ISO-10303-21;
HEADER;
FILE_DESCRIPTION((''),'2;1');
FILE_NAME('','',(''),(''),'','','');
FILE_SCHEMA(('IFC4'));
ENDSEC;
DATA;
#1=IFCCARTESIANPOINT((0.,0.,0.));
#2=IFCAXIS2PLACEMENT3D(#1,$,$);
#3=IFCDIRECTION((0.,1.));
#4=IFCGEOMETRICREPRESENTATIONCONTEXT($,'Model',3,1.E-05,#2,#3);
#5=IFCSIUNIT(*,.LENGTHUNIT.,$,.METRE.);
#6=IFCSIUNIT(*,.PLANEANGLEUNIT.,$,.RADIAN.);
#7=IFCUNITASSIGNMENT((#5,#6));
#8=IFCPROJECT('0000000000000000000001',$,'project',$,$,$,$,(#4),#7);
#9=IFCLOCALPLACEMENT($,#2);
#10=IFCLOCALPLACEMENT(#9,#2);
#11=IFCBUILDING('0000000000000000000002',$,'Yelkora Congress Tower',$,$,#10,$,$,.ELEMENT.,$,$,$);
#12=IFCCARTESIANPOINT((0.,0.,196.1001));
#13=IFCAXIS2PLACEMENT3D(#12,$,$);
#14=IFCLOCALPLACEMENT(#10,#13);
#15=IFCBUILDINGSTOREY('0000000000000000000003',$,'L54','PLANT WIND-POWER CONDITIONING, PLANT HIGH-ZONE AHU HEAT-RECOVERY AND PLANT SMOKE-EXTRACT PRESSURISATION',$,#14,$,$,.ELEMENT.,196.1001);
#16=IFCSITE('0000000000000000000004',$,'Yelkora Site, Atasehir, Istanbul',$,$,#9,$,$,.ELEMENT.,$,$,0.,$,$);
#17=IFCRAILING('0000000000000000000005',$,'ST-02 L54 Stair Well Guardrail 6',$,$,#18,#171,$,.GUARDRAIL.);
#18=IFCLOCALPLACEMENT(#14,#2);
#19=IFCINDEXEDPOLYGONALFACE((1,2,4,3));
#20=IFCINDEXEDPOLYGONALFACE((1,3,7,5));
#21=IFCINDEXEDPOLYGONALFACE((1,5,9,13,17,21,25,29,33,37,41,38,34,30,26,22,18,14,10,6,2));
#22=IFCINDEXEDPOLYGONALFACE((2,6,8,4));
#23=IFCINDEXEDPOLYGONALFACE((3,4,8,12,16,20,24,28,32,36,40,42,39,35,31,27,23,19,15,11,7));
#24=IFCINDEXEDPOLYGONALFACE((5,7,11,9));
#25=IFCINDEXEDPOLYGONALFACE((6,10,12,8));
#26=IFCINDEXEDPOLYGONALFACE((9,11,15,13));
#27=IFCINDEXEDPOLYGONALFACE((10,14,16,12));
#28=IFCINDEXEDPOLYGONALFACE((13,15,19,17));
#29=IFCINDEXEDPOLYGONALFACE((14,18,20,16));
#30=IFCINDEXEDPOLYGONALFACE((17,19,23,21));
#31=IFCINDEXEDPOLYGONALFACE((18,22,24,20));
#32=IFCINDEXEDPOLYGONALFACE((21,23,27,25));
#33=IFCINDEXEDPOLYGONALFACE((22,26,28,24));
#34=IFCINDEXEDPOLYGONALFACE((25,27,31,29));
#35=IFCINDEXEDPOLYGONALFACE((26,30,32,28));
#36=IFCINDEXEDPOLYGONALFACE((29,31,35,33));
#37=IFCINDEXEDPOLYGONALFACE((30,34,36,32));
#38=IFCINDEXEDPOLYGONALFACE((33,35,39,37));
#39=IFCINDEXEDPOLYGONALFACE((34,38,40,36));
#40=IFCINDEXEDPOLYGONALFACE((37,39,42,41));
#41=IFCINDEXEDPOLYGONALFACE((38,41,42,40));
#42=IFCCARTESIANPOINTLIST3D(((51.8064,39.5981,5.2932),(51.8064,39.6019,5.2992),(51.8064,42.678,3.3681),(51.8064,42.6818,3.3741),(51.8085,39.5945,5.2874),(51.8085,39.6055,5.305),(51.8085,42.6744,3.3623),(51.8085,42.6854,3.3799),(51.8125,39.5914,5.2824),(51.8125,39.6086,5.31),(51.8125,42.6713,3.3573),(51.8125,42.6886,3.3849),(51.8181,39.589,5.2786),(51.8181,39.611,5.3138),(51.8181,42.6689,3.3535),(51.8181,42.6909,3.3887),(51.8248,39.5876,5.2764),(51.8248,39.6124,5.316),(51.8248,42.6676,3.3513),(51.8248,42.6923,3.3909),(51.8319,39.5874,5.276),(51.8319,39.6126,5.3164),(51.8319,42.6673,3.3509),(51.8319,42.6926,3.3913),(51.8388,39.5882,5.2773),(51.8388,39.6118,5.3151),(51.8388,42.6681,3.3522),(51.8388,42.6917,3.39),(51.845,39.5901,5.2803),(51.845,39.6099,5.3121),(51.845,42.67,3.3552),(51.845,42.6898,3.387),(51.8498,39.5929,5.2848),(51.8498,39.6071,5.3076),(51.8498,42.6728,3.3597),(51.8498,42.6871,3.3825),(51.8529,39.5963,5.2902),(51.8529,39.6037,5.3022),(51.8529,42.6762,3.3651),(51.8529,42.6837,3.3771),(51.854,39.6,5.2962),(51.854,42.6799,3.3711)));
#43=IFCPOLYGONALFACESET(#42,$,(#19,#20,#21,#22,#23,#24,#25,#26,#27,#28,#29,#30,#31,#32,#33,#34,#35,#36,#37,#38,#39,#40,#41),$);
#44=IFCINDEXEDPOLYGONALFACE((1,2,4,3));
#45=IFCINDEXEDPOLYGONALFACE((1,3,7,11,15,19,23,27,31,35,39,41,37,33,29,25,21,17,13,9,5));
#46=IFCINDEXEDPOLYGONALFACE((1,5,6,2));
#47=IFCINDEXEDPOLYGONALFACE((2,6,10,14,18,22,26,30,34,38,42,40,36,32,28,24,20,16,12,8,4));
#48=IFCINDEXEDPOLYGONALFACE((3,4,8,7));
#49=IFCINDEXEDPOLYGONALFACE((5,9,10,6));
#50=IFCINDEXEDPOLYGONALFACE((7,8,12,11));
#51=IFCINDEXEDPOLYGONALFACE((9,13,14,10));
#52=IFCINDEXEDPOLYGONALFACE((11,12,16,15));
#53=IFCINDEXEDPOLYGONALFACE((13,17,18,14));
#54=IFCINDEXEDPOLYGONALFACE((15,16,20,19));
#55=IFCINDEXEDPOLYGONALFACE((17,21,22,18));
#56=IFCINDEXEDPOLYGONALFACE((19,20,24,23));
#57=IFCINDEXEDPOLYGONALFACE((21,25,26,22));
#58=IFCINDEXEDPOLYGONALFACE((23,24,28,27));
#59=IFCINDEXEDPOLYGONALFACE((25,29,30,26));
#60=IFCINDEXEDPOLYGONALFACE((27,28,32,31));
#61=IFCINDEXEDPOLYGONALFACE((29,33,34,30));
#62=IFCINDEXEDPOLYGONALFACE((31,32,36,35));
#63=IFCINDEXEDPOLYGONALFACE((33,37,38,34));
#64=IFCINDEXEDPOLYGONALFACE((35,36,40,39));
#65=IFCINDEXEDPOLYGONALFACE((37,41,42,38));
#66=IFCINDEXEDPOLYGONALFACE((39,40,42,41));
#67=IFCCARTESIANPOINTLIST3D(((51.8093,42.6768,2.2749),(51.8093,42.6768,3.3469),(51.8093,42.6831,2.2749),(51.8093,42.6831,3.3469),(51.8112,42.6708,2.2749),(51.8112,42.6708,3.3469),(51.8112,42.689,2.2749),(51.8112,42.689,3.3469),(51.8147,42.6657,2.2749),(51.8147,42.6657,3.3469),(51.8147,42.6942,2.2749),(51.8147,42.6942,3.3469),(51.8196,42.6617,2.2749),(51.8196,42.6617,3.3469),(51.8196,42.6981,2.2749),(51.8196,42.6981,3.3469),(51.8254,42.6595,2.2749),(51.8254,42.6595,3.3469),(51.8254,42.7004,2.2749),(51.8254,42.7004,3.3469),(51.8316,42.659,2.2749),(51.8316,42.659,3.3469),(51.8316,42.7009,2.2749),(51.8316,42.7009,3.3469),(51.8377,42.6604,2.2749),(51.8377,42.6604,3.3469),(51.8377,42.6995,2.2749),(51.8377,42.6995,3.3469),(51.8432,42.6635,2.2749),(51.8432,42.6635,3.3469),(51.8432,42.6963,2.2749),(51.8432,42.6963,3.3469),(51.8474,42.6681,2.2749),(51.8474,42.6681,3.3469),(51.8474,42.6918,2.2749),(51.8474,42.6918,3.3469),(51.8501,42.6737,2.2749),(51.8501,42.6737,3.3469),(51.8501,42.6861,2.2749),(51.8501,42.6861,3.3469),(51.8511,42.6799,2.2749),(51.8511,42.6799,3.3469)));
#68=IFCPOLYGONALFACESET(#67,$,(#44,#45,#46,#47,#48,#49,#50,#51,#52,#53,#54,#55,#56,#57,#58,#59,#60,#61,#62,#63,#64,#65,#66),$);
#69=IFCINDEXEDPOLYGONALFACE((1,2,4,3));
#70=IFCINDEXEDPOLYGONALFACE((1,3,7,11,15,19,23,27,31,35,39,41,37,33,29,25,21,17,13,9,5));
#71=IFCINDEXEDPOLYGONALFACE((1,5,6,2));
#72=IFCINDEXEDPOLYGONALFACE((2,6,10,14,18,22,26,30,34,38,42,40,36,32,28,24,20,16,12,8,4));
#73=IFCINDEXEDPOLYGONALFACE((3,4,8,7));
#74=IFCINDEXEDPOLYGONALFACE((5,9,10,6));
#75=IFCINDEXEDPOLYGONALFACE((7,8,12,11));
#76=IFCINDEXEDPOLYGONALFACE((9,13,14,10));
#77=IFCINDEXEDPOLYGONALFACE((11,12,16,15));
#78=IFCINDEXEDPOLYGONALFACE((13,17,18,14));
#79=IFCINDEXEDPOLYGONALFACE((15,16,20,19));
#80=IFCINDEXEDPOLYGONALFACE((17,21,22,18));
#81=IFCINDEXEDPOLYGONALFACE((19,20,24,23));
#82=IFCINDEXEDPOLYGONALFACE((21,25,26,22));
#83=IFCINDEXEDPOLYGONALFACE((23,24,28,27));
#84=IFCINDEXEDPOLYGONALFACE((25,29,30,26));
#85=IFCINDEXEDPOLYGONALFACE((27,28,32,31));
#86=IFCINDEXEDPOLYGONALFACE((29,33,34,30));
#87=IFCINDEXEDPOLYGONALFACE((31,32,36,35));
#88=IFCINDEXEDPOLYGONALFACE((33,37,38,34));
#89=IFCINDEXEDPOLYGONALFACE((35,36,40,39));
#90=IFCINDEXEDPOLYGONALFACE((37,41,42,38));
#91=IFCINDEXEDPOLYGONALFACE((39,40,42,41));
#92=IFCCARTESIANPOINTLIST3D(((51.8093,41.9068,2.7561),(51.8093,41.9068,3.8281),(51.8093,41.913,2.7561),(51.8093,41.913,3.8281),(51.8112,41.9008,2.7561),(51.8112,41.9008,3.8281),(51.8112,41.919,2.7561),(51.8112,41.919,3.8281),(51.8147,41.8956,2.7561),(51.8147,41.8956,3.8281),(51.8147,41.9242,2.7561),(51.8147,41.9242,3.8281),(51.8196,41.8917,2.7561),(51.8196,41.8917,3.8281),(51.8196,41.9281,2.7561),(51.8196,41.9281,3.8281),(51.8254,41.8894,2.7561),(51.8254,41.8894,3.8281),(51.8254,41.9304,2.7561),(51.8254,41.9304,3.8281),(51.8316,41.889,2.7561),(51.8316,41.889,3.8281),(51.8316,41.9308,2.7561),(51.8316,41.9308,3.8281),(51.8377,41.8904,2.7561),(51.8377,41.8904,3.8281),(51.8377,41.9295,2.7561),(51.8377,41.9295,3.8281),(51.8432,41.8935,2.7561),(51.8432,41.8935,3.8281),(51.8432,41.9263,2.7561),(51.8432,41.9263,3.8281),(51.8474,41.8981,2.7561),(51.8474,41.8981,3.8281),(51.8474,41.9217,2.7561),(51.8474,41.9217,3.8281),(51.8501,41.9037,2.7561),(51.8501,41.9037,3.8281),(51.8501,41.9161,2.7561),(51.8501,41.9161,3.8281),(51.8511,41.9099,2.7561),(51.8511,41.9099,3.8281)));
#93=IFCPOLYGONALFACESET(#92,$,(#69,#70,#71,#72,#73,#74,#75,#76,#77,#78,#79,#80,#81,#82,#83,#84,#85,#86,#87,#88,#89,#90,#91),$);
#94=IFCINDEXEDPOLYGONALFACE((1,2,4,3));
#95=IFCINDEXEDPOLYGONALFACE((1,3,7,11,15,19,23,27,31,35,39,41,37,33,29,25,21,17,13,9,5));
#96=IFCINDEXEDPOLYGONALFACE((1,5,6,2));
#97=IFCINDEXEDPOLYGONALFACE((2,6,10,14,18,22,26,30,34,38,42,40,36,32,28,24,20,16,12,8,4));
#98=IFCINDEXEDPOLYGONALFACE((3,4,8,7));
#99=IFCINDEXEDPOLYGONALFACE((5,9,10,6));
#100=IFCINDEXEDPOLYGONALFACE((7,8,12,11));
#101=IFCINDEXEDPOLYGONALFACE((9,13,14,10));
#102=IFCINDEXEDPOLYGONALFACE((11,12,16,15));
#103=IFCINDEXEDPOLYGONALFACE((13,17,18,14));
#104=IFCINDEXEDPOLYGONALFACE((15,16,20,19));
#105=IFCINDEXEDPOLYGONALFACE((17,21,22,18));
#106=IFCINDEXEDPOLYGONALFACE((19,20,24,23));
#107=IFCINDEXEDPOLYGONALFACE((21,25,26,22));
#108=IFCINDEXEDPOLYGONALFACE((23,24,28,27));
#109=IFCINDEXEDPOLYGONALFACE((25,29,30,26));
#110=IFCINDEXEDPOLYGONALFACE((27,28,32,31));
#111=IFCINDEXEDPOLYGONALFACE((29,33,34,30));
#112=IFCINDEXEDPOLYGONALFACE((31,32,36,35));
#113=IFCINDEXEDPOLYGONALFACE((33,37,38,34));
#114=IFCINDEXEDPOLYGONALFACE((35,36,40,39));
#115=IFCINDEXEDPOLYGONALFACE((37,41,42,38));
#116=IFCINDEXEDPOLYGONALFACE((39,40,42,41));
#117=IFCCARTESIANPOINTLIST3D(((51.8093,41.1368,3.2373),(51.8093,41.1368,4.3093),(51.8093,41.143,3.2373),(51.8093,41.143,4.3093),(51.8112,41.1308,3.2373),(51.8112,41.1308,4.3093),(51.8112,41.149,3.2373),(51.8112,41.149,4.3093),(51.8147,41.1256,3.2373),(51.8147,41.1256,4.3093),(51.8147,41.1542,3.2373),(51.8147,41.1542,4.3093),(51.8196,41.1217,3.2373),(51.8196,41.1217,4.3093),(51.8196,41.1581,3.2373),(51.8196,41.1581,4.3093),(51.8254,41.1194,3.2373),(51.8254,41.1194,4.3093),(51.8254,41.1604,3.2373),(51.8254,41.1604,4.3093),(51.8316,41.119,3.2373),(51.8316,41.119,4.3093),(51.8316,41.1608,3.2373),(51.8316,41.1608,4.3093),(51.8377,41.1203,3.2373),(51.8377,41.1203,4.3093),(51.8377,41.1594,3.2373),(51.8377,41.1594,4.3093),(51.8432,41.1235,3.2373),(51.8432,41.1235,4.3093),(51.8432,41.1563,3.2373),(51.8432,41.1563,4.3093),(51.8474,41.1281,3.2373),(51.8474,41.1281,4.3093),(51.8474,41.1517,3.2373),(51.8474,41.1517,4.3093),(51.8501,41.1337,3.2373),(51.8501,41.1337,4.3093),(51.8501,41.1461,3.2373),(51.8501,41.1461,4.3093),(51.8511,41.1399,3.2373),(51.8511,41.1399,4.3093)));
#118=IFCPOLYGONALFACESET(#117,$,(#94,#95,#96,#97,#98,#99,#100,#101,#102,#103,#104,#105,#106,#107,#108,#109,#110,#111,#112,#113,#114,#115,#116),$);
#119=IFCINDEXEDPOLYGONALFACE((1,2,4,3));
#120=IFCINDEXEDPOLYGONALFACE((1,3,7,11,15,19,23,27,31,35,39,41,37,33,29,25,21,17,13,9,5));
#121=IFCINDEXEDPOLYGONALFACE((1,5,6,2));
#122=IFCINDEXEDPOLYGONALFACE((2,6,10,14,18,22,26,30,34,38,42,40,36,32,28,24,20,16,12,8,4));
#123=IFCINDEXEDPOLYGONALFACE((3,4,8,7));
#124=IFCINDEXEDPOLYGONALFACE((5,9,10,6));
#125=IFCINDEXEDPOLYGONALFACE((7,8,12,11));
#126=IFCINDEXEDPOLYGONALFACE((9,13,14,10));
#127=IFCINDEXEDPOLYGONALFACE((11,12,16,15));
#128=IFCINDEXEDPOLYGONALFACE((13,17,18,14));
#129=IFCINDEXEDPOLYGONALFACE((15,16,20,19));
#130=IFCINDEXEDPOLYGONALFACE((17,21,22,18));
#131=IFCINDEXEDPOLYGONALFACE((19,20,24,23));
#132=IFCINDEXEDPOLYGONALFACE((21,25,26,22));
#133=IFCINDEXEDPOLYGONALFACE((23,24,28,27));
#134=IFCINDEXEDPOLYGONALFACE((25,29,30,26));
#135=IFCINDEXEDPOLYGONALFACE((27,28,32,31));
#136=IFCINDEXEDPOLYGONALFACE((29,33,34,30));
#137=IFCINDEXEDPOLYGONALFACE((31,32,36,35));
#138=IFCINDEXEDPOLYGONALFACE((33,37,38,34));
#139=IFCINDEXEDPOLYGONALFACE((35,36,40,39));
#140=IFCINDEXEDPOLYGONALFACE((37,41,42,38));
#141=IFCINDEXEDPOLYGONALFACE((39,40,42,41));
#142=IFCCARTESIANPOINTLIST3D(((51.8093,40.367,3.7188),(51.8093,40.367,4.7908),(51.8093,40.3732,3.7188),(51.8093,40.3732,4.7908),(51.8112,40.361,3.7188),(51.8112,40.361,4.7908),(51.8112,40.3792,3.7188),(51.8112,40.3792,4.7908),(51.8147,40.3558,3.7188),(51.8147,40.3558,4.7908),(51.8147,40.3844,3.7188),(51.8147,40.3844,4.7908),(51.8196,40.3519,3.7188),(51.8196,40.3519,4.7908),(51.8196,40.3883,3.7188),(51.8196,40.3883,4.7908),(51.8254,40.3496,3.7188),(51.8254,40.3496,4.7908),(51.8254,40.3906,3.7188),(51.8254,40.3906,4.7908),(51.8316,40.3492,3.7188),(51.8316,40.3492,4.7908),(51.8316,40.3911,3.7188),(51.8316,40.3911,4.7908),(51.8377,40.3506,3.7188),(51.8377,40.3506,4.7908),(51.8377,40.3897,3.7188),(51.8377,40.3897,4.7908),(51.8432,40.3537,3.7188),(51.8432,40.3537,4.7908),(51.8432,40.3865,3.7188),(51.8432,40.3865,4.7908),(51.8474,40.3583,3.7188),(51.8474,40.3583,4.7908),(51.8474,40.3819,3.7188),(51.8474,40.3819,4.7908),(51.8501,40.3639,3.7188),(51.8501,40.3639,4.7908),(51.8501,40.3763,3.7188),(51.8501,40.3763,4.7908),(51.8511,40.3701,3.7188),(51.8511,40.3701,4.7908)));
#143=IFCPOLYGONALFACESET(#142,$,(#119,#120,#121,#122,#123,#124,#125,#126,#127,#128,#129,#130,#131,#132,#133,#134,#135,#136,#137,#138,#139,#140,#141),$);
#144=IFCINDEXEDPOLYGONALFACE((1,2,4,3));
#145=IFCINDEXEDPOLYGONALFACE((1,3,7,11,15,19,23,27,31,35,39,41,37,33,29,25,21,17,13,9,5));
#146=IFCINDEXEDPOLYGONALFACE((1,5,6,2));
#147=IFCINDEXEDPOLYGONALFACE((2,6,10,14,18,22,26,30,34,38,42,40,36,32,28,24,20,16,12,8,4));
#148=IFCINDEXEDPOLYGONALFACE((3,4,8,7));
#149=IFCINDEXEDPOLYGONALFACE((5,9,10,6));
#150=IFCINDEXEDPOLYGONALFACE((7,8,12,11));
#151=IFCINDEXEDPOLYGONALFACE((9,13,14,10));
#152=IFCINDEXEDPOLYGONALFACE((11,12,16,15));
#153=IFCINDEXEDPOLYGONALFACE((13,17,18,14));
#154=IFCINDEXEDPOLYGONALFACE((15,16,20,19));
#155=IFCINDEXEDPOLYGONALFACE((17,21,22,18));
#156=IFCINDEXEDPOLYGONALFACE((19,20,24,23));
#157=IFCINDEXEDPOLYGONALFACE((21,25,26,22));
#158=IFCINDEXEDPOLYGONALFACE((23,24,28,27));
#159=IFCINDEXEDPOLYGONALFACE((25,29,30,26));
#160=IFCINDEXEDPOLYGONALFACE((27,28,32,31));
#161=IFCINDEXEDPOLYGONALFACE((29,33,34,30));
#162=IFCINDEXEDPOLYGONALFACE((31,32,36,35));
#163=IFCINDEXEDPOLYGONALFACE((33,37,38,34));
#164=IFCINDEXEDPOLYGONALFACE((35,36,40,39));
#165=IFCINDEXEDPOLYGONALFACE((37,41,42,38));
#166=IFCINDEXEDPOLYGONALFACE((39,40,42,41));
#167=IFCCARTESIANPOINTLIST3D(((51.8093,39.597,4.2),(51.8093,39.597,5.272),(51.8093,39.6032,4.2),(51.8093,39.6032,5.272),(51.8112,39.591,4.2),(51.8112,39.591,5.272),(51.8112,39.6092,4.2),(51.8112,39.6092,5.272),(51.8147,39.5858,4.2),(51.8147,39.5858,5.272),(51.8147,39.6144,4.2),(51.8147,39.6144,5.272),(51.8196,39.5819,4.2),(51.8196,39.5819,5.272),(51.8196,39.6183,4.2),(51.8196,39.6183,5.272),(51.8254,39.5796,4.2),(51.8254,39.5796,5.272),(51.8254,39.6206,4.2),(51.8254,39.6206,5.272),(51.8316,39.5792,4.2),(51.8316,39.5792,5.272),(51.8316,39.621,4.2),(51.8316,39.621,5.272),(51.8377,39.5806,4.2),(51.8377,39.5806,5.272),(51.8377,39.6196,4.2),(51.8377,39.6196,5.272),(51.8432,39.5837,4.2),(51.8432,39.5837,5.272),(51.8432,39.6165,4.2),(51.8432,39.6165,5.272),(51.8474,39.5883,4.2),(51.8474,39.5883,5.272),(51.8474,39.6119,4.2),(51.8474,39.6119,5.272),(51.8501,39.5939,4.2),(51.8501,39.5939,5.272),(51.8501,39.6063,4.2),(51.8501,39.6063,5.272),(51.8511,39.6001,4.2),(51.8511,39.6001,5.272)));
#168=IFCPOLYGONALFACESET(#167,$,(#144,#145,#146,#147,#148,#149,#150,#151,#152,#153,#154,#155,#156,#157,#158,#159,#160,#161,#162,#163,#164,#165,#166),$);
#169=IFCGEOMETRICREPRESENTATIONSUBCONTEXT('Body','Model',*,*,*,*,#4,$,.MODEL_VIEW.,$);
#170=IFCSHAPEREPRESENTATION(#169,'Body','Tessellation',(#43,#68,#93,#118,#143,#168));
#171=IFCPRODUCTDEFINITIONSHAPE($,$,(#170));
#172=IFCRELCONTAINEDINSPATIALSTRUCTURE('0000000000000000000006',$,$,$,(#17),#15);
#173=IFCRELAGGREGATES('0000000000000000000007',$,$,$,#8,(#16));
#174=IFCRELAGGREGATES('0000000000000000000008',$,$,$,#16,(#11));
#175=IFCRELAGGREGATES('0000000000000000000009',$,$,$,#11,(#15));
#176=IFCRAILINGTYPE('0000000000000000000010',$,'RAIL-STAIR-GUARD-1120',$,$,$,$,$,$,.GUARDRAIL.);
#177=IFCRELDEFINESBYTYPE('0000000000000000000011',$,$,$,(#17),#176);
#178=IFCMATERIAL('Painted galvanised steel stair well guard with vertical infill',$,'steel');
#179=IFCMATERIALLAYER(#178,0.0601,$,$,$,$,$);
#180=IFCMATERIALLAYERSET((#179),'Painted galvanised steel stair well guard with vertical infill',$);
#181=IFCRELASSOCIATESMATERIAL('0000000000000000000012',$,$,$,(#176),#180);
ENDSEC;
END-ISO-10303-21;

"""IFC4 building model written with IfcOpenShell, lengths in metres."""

from ifc_helpers import new_model, si_unit, direction, frame, origin, origin_2d, place, context, subcontext, project, spatial, circle, extrude, material, layer, layer_set, type_object, element, save


model = new_model("IFC4")

# Units and contexts
model_context = context("Model", 3, precision=1e-05, world=origin(), true_north=direction((0.0, 1.0)))
body_context = subcontext(model_context, "Body", "Model", "MODEL_VIEW")
ifc_project = project(units=[si_unit("LENGTHUNIT", "METRE"), si_unit("PLANEANGLEUNIT", "RADIAN")], contexts=[model_context])

# Site, building, storey
site_placement = place(None, origin())
site = spatial("IfcSite", under=ifc_project, at=site_placement, Name="Yelkora Site, Atasehir, Istanbul", CompositionType="ELEMENT", RefElevation=0.0)
building_placement = place(site_placement, origin())
building = spatial("IfcBuilding", under=site, at=building_placement, Name="Yelkora Congress Tower", CompositionType="ELEMENT")
storey_placement = place(building_placement, frame((0.0, 0.0, 196.1001)))
storey = spatial("IfcBuildingStorey", under=building, at=storey_placement, Name="L54", Description="PLANT WIND-POWER CONDITIONING, PLANT HIGH-ZONE AHU HEAT-RECOVERY AND PLANT SMOKE-EXTRACT PRESSURISATION", CompositionType="ELEMENT", Elevation=196.1001)

# Railing
ifc_material_1 = material(Name="Painted galvanised steel stair well guard with vertical infill", Category="steel")
ifc_layer_1 = layer(ifc_material_1, 0.0601)
ifc_layer_set_1 = layer_set([ifc_layer_1], Name="Painted galvanised steel stair well guard with vertical infill")
railing_type_1 = type_object("IfcRailingType", Name="RAIL-STAIR-GUARD-1120", PredefinedType="GUARDRAIL", material=ifc_layer_set_1)
railing_1_placement = place(storey_placement, frame((51.8301, 42.6799, 2.2749)))
element("IfcRailing", 1, at=railing_1_placement, inside=storey, type_object=railing_type_1, Name="ST-02 L54 Stair Well Guardrail 6", PredefinedType="GUARDRAIL", context=body_context, shape_type="SweptSolid", body=[
    extrude(circle(Radius=0.0239, at=origin_2d()), frame((0.0, 0.0, 1.0962), z_axis=(0.0, -0.847979, 0.530029), x_axis=(1.0, 0.0, 0.0)), (0.0, 0.0, 1.0), 3.6321),
    extrude(circle(Radius=0.021, at=origin_2d()), origin(), (0.0, 0.0, 1.0), 1.072),
    extrude(circle(Radius=0.021, at=origin_2d()), frame((0.0, -0.77, 0.4812)), (0.0, 0.0, 1.0), 1.072),
    extrude(circle(Radius=0.021, at=origin_2d()), frame((0.0, -1.54, 0.9624)), (0.0, 0.0, 1.0), 1.072),
    extrude(circle(Radius=0.021, at=origin_2d()), frame((0.0, -2.3098, 1.4438)), (0.0, 0.0, 1.0), 1.072),
    extrude(circle(Radius=0.021, at=origin_2d()), frame((0.0, -3.0798, 1.925)), (0.0, 0.0, 1.0), 1.072),
])

save(model, "model.ifc")
